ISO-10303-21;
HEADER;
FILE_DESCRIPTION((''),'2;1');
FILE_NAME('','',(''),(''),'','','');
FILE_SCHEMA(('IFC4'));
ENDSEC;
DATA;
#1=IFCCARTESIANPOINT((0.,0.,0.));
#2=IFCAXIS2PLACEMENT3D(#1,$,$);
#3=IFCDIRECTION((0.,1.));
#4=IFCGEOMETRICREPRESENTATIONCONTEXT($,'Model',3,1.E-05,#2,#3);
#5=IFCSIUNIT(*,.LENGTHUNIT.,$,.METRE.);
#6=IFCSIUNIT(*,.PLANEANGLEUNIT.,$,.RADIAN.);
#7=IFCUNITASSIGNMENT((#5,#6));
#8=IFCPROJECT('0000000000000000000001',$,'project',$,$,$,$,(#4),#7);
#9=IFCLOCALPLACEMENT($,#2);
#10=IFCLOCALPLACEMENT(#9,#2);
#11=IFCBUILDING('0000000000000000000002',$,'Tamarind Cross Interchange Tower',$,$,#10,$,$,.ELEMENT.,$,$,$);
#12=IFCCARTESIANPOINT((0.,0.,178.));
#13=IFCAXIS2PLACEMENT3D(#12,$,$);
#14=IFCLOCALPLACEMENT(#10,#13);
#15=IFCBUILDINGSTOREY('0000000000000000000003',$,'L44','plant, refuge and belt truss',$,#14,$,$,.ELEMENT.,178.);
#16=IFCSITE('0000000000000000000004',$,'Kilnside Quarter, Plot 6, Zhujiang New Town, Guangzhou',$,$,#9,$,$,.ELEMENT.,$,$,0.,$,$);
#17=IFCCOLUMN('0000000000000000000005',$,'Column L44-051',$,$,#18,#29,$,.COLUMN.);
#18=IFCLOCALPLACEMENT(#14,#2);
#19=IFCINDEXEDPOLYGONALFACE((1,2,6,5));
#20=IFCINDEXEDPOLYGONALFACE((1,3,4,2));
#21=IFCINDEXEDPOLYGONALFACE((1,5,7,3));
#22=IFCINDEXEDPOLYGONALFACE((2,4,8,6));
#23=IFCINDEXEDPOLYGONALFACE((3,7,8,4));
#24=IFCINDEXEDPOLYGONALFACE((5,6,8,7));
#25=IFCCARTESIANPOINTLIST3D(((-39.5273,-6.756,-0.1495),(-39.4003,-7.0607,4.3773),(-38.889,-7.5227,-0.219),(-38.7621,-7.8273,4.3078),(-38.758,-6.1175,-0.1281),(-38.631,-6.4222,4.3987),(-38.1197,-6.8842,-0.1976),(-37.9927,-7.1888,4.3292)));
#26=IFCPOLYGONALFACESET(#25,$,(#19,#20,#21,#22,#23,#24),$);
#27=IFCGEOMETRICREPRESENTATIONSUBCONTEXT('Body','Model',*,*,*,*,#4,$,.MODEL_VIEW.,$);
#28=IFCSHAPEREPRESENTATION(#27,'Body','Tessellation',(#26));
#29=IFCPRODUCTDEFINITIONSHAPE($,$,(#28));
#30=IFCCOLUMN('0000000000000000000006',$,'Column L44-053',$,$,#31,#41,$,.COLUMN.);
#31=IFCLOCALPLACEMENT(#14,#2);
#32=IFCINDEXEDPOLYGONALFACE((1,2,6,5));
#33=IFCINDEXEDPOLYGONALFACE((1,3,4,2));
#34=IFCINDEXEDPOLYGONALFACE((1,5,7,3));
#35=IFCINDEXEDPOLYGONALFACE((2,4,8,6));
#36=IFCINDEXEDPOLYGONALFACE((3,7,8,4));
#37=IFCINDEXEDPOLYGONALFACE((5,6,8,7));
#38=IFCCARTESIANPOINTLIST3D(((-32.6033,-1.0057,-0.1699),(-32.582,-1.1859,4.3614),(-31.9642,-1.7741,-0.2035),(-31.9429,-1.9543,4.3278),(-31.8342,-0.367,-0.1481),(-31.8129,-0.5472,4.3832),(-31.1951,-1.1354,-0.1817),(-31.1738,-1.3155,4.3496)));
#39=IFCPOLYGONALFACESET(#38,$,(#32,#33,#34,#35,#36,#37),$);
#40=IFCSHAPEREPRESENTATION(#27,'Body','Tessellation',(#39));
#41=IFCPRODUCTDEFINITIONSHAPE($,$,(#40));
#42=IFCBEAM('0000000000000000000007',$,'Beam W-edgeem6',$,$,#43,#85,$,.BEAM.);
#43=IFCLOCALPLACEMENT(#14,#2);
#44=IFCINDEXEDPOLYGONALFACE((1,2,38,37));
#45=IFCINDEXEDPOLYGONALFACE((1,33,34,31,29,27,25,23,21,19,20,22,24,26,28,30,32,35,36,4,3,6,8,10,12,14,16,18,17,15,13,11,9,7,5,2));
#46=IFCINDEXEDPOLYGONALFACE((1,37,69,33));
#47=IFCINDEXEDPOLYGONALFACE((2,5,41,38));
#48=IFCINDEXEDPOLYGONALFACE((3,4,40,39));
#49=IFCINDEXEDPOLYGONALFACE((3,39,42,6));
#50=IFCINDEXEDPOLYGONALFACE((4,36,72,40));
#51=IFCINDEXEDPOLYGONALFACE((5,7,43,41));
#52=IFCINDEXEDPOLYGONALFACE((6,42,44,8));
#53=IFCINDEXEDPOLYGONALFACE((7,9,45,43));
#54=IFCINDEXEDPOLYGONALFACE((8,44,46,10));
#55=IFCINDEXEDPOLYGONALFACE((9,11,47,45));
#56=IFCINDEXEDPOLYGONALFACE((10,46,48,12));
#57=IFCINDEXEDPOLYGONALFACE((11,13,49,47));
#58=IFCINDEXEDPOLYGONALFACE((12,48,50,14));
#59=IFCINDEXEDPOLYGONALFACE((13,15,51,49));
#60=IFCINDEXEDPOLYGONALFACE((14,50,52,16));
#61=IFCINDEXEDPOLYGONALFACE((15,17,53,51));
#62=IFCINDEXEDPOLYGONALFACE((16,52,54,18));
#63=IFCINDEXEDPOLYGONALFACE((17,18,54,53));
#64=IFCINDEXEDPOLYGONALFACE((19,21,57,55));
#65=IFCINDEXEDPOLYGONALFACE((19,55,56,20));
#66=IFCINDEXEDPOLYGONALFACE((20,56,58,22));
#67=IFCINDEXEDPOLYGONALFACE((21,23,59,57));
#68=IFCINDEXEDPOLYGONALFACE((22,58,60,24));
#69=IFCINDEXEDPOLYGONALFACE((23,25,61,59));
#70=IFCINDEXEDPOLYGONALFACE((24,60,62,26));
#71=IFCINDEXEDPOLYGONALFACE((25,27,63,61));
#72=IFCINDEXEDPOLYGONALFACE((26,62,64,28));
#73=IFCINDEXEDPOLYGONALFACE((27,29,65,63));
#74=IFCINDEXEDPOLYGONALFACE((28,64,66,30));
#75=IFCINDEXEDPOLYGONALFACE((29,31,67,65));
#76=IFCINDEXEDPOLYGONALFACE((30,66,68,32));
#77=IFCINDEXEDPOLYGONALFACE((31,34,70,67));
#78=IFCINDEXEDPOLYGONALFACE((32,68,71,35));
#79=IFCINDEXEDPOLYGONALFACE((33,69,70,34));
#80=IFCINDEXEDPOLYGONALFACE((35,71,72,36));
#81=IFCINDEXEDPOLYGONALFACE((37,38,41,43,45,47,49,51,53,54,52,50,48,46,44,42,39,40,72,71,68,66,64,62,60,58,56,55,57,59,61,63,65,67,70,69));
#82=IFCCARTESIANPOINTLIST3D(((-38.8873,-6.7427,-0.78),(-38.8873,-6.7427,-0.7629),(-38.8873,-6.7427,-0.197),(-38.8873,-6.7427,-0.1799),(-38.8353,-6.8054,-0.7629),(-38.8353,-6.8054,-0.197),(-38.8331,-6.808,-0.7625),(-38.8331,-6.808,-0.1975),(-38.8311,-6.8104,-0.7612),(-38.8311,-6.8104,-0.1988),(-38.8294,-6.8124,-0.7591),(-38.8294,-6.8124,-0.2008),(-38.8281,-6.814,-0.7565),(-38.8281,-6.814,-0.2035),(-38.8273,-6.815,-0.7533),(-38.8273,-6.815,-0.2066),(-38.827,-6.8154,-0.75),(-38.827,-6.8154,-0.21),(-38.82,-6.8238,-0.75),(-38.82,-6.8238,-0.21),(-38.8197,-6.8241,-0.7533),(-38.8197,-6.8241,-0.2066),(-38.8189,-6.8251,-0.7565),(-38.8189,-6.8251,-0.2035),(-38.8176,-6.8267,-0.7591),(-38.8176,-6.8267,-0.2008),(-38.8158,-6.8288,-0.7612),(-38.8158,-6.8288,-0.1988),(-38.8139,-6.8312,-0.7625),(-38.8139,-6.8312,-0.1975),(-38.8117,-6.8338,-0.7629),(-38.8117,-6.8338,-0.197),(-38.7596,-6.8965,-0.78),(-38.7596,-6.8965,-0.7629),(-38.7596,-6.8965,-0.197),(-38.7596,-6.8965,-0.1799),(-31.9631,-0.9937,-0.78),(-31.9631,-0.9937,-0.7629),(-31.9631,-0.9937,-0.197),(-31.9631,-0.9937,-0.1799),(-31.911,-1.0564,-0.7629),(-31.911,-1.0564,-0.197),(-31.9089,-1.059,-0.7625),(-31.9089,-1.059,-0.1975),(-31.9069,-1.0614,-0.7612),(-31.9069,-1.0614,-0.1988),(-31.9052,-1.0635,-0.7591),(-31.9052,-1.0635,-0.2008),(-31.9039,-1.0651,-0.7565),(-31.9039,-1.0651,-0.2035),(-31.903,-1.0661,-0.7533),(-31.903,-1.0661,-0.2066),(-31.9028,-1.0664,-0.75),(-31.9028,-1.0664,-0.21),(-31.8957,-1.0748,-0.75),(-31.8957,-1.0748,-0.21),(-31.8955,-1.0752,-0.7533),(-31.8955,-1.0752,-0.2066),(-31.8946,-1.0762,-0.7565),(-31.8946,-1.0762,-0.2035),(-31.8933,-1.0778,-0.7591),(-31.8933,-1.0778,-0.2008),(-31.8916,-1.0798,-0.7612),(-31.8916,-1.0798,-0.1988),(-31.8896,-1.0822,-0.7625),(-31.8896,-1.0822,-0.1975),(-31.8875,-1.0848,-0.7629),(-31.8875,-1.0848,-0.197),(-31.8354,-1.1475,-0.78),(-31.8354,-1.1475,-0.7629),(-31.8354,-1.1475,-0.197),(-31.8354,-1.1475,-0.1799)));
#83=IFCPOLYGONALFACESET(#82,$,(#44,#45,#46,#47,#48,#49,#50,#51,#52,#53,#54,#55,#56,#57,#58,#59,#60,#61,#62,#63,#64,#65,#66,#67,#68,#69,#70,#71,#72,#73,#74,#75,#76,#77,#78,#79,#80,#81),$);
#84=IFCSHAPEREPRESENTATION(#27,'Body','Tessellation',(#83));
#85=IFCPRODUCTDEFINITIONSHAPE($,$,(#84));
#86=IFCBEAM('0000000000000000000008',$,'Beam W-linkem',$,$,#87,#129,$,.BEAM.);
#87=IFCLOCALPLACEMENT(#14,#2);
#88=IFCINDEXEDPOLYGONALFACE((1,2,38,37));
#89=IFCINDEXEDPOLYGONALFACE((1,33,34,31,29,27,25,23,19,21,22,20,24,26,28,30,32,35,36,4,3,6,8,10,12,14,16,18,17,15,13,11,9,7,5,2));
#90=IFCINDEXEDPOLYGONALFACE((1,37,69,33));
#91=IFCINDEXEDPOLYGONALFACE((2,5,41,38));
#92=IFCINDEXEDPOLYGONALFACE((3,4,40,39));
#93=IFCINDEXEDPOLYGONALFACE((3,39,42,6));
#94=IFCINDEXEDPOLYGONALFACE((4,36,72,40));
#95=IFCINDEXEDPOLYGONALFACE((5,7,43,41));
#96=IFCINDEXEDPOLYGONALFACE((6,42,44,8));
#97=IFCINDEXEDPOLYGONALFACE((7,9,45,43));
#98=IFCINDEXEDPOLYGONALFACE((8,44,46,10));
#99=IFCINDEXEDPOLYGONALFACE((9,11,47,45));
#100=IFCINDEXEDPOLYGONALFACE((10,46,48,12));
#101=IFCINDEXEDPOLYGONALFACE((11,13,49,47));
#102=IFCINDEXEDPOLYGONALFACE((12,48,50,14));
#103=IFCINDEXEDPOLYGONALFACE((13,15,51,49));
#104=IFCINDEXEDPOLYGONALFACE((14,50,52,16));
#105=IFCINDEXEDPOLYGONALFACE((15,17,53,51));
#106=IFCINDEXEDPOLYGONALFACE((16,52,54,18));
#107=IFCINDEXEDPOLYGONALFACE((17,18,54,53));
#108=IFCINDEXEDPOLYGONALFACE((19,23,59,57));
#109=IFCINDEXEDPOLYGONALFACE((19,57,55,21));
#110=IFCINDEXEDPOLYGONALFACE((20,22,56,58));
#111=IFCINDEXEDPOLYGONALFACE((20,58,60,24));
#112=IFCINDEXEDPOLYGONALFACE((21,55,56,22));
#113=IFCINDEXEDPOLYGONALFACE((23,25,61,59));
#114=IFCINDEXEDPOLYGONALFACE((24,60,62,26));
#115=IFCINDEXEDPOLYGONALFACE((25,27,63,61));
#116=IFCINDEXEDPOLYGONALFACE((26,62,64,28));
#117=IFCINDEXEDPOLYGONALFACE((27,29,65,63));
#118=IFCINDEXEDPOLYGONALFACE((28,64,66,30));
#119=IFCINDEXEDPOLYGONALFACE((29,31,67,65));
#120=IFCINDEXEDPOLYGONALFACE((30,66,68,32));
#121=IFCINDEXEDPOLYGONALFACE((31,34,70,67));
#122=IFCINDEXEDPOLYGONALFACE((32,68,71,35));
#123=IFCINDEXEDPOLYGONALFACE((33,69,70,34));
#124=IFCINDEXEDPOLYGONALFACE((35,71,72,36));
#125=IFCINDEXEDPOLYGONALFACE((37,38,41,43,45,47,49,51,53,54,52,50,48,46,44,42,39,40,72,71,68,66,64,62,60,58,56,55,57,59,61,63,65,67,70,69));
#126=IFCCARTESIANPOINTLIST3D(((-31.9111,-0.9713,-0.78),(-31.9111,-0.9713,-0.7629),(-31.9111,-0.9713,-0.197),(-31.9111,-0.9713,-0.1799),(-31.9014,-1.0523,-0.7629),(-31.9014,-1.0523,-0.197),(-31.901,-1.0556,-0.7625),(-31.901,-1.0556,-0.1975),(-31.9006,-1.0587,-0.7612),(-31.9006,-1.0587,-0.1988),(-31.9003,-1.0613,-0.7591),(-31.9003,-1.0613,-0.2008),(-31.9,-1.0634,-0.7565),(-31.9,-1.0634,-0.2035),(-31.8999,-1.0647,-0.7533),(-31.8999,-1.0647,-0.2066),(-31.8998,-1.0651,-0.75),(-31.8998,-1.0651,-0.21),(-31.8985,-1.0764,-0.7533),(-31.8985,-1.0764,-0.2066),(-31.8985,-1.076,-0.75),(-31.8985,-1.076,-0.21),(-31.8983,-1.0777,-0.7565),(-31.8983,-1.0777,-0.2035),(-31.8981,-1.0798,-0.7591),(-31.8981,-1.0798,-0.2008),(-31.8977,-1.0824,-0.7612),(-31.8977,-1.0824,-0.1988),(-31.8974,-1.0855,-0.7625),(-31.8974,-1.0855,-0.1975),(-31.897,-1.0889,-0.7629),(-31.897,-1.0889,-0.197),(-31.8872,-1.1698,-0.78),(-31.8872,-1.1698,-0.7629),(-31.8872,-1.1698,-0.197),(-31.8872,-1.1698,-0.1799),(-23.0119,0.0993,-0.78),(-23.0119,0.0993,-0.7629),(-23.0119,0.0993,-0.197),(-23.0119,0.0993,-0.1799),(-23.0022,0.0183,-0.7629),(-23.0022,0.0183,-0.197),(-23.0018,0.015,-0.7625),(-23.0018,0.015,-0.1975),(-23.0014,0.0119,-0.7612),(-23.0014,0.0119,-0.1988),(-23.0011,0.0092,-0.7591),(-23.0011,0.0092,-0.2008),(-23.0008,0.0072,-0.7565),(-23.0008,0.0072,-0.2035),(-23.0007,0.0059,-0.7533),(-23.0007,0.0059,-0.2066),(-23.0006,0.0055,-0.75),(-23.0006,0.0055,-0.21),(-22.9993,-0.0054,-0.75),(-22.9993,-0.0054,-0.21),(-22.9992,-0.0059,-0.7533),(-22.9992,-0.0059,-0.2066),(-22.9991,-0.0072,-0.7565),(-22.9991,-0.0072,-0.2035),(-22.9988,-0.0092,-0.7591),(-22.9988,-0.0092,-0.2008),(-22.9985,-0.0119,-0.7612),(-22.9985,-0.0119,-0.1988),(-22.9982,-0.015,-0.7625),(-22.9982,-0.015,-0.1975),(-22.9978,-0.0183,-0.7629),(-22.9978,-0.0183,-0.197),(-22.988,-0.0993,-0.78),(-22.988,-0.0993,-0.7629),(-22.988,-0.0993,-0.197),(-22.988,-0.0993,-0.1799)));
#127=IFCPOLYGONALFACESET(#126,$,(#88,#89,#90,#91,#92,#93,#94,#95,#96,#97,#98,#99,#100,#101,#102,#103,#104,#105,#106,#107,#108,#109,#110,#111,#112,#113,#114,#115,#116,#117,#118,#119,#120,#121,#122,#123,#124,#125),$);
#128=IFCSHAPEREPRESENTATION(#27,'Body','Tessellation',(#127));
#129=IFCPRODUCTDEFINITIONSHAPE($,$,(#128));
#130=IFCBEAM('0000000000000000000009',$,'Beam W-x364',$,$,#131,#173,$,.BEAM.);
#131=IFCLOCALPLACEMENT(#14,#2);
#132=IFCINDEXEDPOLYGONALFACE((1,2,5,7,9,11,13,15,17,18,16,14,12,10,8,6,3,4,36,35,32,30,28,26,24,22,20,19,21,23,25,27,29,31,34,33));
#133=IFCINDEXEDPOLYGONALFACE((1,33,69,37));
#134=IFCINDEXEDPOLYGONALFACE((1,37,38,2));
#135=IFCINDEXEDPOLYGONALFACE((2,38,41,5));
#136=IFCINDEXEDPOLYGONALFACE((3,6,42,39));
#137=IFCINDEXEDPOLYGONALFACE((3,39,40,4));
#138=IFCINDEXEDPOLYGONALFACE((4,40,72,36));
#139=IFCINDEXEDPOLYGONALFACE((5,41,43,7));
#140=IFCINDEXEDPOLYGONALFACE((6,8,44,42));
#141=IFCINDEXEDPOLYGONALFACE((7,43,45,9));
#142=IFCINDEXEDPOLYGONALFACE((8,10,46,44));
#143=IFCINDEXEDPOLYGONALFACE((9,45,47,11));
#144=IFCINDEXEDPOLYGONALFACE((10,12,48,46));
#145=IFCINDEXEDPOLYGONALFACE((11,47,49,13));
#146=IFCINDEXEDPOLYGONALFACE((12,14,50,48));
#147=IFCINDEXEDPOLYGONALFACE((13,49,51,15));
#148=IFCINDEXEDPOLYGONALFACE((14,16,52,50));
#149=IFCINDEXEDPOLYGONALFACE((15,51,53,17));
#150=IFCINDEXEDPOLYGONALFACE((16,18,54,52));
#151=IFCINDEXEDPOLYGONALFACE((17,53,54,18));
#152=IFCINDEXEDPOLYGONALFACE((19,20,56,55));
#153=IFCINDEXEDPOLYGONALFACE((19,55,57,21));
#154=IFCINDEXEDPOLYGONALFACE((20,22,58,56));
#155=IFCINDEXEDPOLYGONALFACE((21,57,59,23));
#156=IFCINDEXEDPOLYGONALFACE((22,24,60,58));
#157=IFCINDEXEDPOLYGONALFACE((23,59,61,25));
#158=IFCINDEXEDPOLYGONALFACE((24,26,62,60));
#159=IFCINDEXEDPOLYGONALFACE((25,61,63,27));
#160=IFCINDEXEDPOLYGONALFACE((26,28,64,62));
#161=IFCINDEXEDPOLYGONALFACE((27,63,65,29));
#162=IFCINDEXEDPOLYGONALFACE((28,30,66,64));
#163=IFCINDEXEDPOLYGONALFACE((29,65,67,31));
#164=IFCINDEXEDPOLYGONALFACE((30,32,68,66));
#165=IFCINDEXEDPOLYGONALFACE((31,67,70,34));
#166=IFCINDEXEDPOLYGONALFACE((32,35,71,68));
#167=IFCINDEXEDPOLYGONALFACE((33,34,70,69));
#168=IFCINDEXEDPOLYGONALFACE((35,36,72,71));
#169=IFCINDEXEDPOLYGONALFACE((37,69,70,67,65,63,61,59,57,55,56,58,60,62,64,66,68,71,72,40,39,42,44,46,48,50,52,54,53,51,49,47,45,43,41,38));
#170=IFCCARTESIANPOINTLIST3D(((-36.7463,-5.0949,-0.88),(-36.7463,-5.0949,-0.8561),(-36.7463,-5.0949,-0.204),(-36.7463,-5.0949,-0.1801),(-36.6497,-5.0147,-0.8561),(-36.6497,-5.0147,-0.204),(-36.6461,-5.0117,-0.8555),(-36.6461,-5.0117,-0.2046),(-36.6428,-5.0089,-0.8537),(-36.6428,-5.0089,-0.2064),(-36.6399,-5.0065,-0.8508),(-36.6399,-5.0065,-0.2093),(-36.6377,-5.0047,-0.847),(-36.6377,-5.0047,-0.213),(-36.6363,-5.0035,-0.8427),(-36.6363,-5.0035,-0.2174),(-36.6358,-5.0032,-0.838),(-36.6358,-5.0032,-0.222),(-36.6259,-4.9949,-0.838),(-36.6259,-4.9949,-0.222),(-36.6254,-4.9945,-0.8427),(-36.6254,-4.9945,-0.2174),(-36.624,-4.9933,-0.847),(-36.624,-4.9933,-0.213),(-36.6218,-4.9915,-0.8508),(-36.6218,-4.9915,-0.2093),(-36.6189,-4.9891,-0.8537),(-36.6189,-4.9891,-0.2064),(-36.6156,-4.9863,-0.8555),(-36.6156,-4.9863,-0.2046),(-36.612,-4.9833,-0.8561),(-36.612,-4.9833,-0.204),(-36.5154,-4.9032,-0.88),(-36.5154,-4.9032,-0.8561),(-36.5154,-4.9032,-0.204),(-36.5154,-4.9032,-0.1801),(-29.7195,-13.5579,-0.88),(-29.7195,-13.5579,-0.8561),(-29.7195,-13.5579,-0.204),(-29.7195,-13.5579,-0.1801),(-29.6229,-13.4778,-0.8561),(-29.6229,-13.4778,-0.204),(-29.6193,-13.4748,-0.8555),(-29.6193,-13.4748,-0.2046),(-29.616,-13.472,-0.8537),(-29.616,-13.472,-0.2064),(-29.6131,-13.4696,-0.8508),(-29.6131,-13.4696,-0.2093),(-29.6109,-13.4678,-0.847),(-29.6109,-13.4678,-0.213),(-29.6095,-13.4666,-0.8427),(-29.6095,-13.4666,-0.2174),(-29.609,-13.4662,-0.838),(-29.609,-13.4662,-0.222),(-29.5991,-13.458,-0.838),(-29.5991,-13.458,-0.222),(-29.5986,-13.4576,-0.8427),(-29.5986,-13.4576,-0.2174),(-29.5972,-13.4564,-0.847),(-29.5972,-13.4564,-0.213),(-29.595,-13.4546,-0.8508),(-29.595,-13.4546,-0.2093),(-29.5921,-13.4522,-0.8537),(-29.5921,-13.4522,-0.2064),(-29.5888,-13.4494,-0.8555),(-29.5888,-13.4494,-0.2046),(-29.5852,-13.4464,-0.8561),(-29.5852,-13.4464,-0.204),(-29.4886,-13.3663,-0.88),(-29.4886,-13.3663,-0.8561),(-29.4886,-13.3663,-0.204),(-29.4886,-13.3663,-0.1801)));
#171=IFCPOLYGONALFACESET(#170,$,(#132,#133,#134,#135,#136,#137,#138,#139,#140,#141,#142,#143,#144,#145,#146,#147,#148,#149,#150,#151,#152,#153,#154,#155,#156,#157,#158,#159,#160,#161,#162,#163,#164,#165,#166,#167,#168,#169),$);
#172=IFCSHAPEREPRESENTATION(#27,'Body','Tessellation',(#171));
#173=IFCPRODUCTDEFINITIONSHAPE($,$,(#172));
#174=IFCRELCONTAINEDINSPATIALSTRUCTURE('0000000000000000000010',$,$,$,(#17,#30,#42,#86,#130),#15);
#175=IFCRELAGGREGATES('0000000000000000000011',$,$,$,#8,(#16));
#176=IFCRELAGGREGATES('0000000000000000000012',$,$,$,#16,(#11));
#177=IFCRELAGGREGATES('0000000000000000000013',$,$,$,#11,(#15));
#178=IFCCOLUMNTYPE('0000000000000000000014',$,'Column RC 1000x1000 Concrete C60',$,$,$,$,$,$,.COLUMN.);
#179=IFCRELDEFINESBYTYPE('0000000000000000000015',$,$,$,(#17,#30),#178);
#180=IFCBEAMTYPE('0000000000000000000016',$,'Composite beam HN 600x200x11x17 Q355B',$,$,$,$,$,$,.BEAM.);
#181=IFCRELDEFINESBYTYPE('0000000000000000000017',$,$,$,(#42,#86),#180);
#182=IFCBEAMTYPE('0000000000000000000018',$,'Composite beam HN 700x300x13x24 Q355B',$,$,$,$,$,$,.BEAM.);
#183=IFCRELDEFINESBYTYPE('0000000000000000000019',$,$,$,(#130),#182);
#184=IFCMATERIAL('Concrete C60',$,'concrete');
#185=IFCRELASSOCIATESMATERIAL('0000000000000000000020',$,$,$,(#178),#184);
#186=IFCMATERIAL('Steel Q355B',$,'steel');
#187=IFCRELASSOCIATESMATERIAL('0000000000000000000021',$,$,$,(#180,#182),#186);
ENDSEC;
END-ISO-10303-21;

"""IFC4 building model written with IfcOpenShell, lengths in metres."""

from ifc_helpers import new_model, si_unit, direction, frame, origin, origin_2d, place, context, subcontext, project, spatial, rectangle, i_section, extrude, material, material_profile, profile_set, type_object, element, save


model = new_model("IFC4")

# Units and contexts
model_context = context("Model", 3, precision=1e-05, world=origin(), true_north=direction((0.0, 1.0)))
body_context = subcontext(model_context, "Body", "Model", "MODEL_VIEW")
ifc_project = project(units=[si_unit("LENGTHUNIT", "METRE"), si_unit("PLANEANGLEUNIT", "RADIAN")], contexts=[model_context])

# Site, building, storey
site_placement = place(None, origin())
site = spatial("IfcSite", under=ifc_project, at=site_placement, Name="Kilnside Quarter, Plot 6, Zhujiang New Town, Guangzhou", CompositionType="ELEMENT", RefElevation=0.0)
building_placement = place(site_placement, origin())
building = spatial("IfcBuilding", under=site, at=building_placement, Name="Tamarind Cross Interchange Tower", CompositionType="ELEMENT")
storey_placement = place(building_placement, frame((0.0, 0.0, 178.0)))
storey = spatial("IfcBuildingStorey", under=building, at=storey_placement, Name="L44", Description="plant, refuge and belt truss", CompositionType="ELEMENT", Elevation=178.0)

# Columns
ifc_material_1 = material(Name="Concrete C60", Category="concrete")
ifc_material_profile_1 = material_profile(ifc_material_1, rectangle(XDim=1.0, YDim=1.0, at=origin_2d()), Name="RC 1000x1000")
ifc_profile_set_1 = profile_set([ifc_material_profile_1], Name="Concrete C60")
column_type = type_object("IfcColumnType", Name="Column RC 1000x1000 Concrete C60", PredefinedType="COLUMN", material=ifc_profile_set_1)
column_1_placement = place(storey_placement, frame((-38.8235, -6.8201, -0.1736), z_axis=(0.02797, -0.067128, 0.997352), x_axis=(0.769321, 0.638504, 0.0214)))
element("IfcColumn", 1, at=column_1_placement, inside=storey, type_object=column_type, Name="Column L44-051", PredefinedType="COLUMN", context=body_context, shape_type="SweptSolid", body=[
    extrude(rectangle(XDim=1.0, YDim=1.0, at=origin_2d()), origin(), (0.0, 0.0, 1.0), 4.5388),
])
column_2_placement = place(storey_placement, frame((-31.8992, -1.0706, -0.1758), z_axis=(0.004684, -0.039731, 0.999199), x_axis=(0.7691, 0.638757, 0.021794)))
element("IfcColumn", 2, at=column_2_placement, inside=storey, type_object=column_type, Name="Column L44-053", PredefinedType="COLUMN", context=body_context, shape_type="SweptSolid", body=[
    extrude(rectangle(XDim=1.0, YDim=1.0, at=origin_2d()), origin(), (0.0, 0.0, 1.0), 4.5349),
])

# Beams
ifc_material_2 = material(Name="Steel Q355B", Category="steel")
ifc_material_profile_2 = material_profile(ifc_material_2, i_section(OverallWidth=0.2, OverallDepth=0.6001, WebThickness=0.011, FlangeThickness=0.0171, FilletRadius=0.0129, at=origin_2d()), Name="HN 600x200x11x17")
ifc_profile_set_2 = profile_set([ifc_material_profile_2], Name="Steel Q355B")
beam_type_1 = type_object("IfcBeamType", Name="Composite beam HN 600x200x11x17 Q355B", PredefinedType="BEAM", material=ifc_profile_set_2)
beam_1_placement = place(storey_placement, frame((-38.8235, -6.8196, -0.48), z_axis=(0.769381, 0.638791, 0.0), x_axis=(-0.638791, 0.769381, 0.0)))
element("IfcBeam", 3, at=beam_1_placement, inside=storey, type_object=beam_type_1, Name="Beam W-edgeem6", PredefinedType="BEAM", context=body_context, shape_type="SweptSolid", body=[
    extrude(i_section(OverallWidth=0.2, OverallDepth=0.6001, WebThickness=0.011, FlangeThickness=0.0171, FilletRadius=0.0129, at=origin_2d()), origin(), (0.0, 0.0, 1.0), 8.9998),
])
beam_2_placement = place(storey_placement, frame((-31.8992, -1.0706, -0.48), z_axis=(0.992842, 0.119437, 0.0), x_axis=(-0.119437, 0.992842, 0.0)))
element("IfcBeam", 4, at=beam_2_placement, inside=storey, type_object=beam_type_1, Name="Beam W-linkem", PredefinedType="BEAM", context=body_context, shape_type="SweptSolid", body=[
    extrude(i_section(OverallWidth=0.2, OverallDepth=0.6001, WebThickness=0.011, FlangeThickness=0.0171, FilletRadius=0.0129, at=origin_2d()), origin(), (0.0, 0.0, 1.0), 8.9634),
])
ifc_material_profile_3 = material_profile(ifc_material_2, i_section(OverallWidth=0.3, OverallDepth=0.7, WebThickness=0.0129, FlangeThickness=0.0239, FilletRadius=0.0181, at=origin_2d()), Name="HN 700x300x13x24")
ifc_profile_set_3 = profile_set([ifc_material_profile_3], Name="Steel Q355B")
beam_type_2 = type_object("IfcBeamType", Name="Composite beam HN 700x300x13x24 Q355B", PredefinedType="BEAM", material=ifc_profile_set_3)
for number, where, z_axis, x_axis, name in (
    (5, (-36.6309, -4.999, -0.53), (0.638801, -0.769372, 0.0), (0.769372, 0.638801, 0.0), "Beam W-x364"),
):
    element("IfcBeam", number, at=place(storey_placement, frame(where, z_axis=z_axis, x_axis=x_axis)), inside=storey, type_object=beam_type_2, Name=name, PredefinedType="BEAM", context=body_context, shape_type="SweptSolid", body=[
        extrude(i_section(OverallWidth=0.3, OverallDepth=0.7, WebThickness=0.0129, FlangeThickness=0.0239, FilletRadius=0.0181, at=origin_2d()), origin(), (0.0, 0.0, 1.0), 11.0),
    ])

save(model, "model.ifc")
